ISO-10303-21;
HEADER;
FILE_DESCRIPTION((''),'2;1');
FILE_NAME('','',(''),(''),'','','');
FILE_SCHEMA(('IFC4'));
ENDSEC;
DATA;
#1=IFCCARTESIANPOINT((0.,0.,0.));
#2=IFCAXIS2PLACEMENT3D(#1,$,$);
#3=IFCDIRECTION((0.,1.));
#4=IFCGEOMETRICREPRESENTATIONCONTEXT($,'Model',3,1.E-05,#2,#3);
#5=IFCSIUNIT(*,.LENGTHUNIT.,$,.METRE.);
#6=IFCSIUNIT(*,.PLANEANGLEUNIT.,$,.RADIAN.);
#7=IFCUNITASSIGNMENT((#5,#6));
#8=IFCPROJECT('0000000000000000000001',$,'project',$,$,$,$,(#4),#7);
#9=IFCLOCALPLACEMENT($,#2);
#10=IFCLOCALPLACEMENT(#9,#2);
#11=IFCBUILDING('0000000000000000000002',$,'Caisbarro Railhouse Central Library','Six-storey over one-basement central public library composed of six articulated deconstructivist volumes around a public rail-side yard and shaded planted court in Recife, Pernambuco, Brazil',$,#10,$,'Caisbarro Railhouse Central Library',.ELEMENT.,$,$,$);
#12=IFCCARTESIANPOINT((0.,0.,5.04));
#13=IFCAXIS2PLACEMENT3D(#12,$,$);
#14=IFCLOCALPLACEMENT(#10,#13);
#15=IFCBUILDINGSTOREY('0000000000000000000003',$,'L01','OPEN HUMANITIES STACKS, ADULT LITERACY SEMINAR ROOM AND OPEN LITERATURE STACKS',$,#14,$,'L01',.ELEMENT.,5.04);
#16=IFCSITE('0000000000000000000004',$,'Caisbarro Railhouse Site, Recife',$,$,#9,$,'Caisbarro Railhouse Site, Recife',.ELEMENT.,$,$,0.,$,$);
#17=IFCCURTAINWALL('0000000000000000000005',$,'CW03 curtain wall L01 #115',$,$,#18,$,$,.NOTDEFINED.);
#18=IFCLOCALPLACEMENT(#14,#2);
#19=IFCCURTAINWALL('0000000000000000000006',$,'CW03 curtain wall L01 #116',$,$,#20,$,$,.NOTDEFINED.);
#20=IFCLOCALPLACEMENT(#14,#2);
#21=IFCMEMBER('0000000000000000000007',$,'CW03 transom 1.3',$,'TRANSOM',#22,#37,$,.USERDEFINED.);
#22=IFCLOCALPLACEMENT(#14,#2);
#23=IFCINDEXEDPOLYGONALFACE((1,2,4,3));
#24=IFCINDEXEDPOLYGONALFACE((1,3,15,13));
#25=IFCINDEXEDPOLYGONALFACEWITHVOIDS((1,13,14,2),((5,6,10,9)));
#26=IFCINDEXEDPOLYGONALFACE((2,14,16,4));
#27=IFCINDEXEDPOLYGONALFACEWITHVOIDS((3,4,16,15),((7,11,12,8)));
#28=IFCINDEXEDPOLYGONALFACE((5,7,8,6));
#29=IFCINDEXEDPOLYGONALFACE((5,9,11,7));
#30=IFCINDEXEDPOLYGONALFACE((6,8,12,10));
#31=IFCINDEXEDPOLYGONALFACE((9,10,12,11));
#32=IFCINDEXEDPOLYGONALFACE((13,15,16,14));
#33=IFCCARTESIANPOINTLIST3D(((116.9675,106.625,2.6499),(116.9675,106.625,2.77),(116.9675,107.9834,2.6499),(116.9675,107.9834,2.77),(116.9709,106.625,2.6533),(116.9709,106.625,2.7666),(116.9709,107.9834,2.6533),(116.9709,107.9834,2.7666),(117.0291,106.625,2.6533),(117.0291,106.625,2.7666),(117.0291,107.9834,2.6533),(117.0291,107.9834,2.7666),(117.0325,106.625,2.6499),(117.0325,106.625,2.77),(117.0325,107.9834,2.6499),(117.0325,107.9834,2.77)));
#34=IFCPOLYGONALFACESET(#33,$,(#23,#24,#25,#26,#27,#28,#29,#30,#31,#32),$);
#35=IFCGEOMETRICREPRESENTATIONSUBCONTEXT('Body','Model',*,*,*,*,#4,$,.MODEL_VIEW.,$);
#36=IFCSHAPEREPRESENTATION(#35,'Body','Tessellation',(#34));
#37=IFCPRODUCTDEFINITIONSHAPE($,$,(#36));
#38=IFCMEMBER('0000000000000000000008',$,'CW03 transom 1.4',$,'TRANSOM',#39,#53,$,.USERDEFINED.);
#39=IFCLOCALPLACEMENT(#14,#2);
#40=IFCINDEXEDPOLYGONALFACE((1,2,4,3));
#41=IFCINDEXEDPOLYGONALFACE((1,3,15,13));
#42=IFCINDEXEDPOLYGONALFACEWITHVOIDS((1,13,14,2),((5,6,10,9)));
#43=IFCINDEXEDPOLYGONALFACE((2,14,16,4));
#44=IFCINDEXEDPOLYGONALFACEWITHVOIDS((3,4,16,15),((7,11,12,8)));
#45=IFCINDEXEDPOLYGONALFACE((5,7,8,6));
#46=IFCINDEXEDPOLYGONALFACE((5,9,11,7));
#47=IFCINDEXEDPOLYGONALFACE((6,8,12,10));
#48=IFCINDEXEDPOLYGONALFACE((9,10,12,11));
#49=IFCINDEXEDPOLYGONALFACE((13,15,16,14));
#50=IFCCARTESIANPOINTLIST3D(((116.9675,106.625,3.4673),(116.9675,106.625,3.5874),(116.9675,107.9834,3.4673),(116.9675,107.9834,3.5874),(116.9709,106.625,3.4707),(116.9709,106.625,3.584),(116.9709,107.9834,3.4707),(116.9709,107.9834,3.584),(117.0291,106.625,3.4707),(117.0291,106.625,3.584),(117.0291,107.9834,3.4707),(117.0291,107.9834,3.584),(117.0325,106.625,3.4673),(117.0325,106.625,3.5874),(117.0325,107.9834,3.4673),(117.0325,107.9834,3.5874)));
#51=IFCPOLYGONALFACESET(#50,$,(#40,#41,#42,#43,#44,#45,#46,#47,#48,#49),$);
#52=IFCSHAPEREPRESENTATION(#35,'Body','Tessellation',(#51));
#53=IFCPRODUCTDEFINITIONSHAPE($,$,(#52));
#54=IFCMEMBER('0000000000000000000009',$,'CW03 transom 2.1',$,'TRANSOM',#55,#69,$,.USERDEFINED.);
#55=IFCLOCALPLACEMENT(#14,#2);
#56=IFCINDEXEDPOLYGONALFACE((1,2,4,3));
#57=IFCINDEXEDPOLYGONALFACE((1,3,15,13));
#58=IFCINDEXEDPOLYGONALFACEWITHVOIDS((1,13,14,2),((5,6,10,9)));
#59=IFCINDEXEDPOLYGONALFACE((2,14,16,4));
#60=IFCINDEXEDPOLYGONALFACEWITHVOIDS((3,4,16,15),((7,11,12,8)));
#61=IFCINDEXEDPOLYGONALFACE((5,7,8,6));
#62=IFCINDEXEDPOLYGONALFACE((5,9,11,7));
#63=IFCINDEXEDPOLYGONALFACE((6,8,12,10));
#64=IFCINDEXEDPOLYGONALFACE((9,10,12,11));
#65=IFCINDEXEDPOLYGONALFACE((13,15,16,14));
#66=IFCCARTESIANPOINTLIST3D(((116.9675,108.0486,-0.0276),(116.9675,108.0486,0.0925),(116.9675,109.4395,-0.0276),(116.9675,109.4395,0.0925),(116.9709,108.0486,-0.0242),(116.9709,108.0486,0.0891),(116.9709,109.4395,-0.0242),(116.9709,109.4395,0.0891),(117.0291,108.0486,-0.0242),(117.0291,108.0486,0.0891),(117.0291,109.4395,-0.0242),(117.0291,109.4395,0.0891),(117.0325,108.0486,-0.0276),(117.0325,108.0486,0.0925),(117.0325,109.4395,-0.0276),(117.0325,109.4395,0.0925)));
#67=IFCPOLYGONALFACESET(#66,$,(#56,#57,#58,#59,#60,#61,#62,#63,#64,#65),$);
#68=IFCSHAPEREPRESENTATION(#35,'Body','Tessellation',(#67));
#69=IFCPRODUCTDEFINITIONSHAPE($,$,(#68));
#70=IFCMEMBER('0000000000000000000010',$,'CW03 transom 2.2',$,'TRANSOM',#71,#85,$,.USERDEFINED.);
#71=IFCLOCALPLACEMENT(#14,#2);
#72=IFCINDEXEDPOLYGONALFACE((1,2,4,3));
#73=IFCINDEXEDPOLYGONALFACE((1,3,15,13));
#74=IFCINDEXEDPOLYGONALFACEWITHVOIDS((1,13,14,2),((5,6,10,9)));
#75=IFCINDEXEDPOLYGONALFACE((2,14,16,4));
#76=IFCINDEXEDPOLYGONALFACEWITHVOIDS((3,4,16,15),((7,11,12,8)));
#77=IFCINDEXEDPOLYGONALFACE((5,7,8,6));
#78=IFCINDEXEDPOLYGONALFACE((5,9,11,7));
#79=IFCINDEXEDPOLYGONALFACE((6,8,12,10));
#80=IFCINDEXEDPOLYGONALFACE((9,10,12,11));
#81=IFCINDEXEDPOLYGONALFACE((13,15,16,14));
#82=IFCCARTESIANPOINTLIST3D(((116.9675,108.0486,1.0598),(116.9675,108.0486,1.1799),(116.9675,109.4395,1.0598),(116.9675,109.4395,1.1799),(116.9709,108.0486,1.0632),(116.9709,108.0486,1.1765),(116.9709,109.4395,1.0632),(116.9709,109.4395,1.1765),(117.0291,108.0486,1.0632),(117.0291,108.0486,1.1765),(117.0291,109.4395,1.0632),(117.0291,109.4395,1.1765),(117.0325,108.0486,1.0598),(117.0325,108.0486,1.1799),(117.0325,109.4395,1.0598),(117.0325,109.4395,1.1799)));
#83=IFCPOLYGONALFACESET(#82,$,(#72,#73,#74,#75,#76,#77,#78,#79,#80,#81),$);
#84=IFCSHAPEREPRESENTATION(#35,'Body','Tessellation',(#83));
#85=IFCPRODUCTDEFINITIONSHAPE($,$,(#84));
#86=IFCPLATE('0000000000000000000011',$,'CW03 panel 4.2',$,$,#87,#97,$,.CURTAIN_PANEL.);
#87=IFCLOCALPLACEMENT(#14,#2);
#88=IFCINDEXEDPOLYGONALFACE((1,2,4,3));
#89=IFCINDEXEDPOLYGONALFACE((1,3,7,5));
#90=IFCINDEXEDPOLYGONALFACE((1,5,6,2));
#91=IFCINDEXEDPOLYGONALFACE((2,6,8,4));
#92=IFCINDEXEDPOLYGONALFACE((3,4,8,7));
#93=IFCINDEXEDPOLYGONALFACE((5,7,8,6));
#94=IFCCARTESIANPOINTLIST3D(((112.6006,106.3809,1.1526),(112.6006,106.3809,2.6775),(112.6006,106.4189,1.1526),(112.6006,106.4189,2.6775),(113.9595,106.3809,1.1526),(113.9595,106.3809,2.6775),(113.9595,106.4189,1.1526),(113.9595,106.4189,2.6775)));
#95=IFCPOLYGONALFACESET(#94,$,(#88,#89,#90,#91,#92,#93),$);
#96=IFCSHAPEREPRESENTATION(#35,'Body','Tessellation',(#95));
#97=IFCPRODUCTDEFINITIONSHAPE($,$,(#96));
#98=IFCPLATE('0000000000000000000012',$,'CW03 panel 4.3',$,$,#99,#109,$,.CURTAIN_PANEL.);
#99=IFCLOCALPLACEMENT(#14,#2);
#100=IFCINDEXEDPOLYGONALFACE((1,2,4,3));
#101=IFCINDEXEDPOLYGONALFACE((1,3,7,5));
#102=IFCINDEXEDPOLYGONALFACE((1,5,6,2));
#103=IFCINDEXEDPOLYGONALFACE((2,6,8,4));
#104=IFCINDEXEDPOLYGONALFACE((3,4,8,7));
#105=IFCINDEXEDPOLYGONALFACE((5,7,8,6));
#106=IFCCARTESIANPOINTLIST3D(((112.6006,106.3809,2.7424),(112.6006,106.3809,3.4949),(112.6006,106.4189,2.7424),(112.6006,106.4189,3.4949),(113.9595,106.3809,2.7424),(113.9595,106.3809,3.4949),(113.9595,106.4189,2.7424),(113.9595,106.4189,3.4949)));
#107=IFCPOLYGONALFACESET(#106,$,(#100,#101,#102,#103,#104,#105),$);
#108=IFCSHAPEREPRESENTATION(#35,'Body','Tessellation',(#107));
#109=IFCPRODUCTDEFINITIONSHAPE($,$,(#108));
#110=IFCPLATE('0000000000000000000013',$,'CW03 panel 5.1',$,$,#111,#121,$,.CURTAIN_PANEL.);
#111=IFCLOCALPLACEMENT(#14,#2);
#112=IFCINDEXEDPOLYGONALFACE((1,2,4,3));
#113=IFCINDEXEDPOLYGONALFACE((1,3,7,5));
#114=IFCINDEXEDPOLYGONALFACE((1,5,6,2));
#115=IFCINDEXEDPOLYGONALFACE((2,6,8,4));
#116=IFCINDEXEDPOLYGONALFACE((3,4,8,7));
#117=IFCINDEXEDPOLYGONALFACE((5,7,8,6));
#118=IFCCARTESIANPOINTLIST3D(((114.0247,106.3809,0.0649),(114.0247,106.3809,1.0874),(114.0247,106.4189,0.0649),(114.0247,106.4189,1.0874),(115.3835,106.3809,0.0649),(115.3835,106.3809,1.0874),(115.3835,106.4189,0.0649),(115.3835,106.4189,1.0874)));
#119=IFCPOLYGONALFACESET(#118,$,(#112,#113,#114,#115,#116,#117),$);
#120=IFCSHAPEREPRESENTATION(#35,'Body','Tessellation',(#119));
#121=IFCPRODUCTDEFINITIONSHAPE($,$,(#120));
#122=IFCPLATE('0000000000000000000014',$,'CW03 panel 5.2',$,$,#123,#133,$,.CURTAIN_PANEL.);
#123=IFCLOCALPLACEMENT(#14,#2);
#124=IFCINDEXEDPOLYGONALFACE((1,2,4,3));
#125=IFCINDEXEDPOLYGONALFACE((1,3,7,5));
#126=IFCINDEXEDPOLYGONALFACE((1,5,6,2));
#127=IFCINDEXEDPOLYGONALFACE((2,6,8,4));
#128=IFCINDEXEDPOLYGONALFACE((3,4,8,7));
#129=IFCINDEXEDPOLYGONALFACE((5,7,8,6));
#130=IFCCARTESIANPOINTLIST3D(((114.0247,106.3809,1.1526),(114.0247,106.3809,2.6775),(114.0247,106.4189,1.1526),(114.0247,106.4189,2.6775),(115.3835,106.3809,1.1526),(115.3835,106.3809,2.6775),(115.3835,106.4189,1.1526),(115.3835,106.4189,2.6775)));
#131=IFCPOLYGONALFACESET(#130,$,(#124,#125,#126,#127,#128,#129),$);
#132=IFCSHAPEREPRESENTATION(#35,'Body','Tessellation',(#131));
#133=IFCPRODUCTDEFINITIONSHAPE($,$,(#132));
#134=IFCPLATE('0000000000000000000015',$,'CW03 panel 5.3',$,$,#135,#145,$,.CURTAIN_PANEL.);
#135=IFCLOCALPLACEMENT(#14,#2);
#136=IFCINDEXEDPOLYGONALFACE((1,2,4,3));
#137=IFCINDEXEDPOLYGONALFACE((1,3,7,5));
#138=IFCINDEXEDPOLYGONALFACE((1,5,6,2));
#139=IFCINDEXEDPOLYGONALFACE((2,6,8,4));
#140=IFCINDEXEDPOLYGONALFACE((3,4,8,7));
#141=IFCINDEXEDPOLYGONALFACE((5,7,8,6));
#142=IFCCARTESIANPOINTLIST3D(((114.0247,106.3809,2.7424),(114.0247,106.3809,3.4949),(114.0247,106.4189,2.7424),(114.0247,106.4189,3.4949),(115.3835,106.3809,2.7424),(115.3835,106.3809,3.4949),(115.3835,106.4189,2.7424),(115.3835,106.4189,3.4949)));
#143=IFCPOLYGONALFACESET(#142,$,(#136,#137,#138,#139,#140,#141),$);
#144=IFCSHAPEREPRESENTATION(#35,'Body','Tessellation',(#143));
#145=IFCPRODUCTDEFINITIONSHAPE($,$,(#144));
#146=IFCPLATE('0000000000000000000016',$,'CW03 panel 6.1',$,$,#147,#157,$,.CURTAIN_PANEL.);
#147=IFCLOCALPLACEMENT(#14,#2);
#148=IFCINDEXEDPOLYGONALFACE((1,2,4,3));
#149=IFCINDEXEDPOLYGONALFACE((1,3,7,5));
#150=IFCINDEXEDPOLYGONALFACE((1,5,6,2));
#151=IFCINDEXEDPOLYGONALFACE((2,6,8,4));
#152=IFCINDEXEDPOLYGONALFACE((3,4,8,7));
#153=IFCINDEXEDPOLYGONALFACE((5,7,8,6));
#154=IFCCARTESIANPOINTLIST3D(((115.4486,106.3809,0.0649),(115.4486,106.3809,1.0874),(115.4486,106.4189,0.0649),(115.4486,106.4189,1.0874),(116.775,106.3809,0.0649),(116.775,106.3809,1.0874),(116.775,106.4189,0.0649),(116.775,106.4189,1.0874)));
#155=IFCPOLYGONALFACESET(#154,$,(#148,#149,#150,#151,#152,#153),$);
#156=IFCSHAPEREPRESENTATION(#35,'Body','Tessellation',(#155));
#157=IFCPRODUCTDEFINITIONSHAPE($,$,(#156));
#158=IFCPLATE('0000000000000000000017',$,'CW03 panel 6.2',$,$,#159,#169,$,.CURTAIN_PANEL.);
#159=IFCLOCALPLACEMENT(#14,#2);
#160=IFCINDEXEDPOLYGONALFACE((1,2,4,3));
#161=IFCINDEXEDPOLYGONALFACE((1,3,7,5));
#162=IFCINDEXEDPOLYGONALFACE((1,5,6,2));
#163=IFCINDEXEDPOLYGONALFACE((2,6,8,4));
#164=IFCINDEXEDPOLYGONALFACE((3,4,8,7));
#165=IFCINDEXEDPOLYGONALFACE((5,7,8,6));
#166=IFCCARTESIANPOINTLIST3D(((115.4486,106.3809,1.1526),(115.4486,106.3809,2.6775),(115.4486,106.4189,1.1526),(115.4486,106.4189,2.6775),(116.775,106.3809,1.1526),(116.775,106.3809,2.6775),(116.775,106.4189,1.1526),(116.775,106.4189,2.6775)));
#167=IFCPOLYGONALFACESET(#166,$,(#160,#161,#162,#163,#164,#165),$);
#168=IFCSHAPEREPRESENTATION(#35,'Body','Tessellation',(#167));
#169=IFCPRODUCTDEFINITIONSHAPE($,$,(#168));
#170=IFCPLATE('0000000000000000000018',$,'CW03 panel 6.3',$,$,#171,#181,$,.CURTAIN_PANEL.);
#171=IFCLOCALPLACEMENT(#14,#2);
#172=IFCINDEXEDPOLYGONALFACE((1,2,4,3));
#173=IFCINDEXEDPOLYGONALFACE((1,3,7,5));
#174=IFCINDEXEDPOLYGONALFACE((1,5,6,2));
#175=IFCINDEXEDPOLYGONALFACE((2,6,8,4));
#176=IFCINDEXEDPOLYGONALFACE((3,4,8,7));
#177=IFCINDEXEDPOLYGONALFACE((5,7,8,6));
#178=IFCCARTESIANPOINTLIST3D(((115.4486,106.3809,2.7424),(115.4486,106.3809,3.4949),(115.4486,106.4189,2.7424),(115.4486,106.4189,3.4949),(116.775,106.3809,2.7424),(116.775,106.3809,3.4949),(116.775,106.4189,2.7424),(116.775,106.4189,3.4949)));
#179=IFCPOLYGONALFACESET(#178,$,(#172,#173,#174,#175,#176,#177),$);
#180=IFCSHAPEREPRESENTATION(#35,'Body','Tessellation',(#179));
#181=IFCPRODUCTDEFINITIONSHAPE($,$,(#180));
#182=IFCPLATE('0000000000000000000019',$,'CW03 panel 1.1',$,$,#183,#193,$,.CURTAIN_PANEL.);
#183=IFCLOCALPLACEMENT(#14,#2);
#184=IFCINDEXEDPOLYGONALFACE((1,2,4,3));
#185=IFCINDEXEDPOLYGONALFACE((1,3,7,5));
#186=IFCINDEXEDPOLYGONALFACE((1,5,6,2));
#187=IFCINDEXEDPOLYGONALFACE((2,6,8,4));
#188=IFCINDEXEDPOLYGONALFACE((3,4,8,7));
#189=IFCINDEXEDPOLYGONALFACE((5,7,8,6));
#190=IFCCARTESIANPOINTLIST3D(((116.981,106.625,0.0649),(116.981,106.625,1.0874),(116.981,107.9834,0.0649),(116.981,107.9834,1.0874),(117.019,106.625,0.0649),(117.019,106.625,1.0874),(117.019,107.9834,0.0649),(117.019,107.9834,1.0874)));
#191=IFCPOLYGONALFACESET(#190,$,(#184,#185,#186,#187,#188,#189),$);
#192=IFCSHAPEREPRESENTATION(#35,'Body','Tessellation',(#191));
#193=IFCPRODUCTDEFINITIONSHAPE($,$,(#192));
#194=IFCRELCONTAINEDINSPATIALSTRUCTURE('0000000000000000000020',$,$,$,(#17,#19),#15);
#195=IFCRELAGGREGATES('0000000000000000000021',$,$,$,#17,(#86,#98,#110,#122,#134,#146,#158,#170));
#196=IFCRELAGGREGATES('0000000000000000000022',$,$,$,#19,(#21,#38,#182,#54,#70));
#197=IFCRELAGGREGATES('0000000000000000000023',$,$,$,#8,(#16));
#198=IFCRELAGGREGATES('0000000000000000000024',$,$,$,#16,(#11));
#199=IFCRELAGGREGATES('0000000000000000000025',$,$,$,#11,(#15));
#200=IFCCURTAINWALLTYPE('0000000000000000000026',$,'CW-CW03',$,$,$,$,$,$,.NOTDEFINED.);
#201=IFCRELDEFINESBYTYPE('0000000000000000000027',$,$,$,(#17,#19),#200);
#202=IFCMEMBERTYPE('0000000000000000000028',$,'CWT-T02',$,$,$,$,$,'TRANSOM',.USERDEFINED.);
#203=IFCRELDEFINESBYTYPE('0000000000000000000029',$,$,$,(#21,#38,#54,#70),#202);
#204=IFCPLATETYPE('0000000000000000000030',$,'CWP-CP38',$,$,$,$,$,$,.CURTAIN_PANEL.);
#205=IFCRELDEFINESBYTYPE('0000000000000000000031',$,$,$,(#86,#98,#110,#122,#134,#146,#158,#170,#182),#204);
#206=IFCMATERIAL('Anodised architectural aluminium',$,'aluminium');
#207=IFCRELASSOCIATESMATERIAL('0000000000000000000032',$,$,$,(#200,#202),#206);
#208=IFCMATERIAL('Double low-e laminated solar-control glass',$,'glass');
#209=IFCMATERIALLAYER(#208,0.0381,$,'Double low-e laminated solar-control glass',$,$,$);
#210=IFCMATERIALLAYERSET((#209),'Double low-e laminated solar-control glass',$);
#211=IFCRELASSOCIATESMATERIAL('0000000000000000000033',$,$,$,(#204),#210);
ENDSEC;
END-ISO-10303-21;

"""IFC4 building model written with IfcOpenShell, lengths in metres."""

from ifc_helpers import new_model, si_unit, direction, frame, origin, origin_2d, place, context, subcontext, project, spatial, rectangle, hollow_rectangle, extrude, material, layer, layer_set, material_profile, profile_set, type_object, element, aggregate, save


model = new_model("IFC4")

# Units and contexts
model_context = context("Model", 3, precision=1e-05, world=origin(), true_north=direction((0.0, 1.0)))
body_context = subcontext(model_context, "Body", "Model", "MODEL_VIEW")
ifc_project = project(units=[si_unit("LENGTHUNIT", "METRE"), si_unit("PLANEANGLEUNIT", "RADIAN")], contexts=[model_context])

# Site, building, storey
site_placement = place(None, origin())
site = spatial("IfcSite", under=ifc_project, at=site_placement, Name="Caisbarro Railhouse Site, Recife", LongName="Caisbarro Railhouse Site, Recife", CompositionType="ELEMENT", RefElevation=0.0)
building_placement = place(site_placement, origin())
building = spatial("IfcBuilding", under=site, at=building_placement, Name="Caisbarro Railhouse Central Library", Description="Six-storey over one-basement central public library composed of six articulated deconstructivist volumes around a public rail-side yard and shaded planted court in Recife, Pernambuco, Brazil", LongName="Caisbarro Railhouse Central Library", CompositionType="ELEMENT")
storey_placement = place(building_placement, frame((0.0, 0.0, 5.04)))
storey = spatial("IfcBuildingStorey", under=building, at=storey_placement, Name="L01", Description="OPEN HUMANITIES STACKS, ADULT LITERACY SEMINAR ROOM AND OPEN LITERATURE STACKS", LongName="L01", CompositionType="ELEMENT", Elevation=5.04)

# Curtain walls
ifc_material_1 = material(Name="Anodised architectural aluminium", Category="aluminium")
curtain_wall_type = type_object("IfcCurtainWallType", Name="CW-CW03", PredefinedType="NOTDEFINED", material=ifc_material_1)
curtain_wall_1_placement = place(storey_placement, origin())
curtain_wall_1 = element("IfcCurtainWall", 1, at=curtain_wall_1_placement, inside=storey, type_object=curtain_wall_type, Name="CW03 curtain wall L01 #115", PredefinedType="NOTDEFINED")
curtain_wall_2_placement = place(storey_placement, origin())
curtain_wall_2 = element("IfcCurtainWall", 2, at=curtain_wall_2_placement, inside=storey, type_object=curtain_wall_type, Name="CW03 curtain wall L01 #116", PredefinedType="NOTDEFINED")

# Members
ifc_material_profile_1 = material_profile(ifc_material_1, hollow_rectangle(XDim=0.0649, YDim=0.1201, WallThickness=0.0034, at=origin_2d()), Name="ALU-TRN-65X120")
ifc_profile_set_1 = profile_set([ifc_material_profile_1], Name="Anodised architectural aluminium")
member_type_1 = type_object("IfcMemberType", Name="CWT-T02", ElementType="TRANSOM", PredefinedType="USERDEFINED", material=ifc_profile_set_1)
member_1_placement = place(storey_placement, frame((117.0, 106.625, 2.71), z_axis=(0.0, 1.0, 0.0), x_axis=(-1.0, 0.0, 0.0)))
member_1 = element("IfcMember", 3, at=member_1_placement, type_object=member_type_1, Name="CW03 transom 1.3", ObjectType="TRANSOM", PredefinedType="USERDEFINED", context=body_context, shape_type="SweptSolid", body=[
    extrude(hollow_rectangle(XDim=0.0649, YDim=0.1201, WallThickness=0.0034, at=origin_2d()), origin(), (0.0, 0.0, 1.0), 1.3584),
])
member_2_placement = place(storey_placement, frame((117.0, 106.625, 3.5273), z_axis=(0.0, 1.0, 0.0), x_axis=(-1.0, 0.0, 0.0)))
member_2 = element("IfcMember", 4, at=member_2_placement, type_object=member_type_1, Name="CW03 transom 1.4", ObjectType="TRANSOM", PredefinedType="USERDEFINED", context=body_context, shape_type="SweptSolid", body=[
    extrude(hollow_rectangle(XDim=0.0649, YDim=0.1201, WallThickness=0.0034, at=origin_2d()), origin(), (0.0, 0.0, 1.0), 1.3584),
])
member_3_placement = place(storey_placement, frame((117.0, 108.0486, 0.0325), z_axis=(0.0, 1.0, 0.0), x_axis=(-1.0, 0.0, 0.0)))
member_3 = element("IfcMember", 5, at=member_3_placement, type_object=member_type_1, Name="CW03 transom 2.1", ObjectType="TRANSOM", PredefinedType="USERDEFINED", context=body_context, shape_type="SweptSolid", body=[
    extrude(hollow_rectangle(XDim=0.0649, YDim=0.1201, WallThickness=0.0034, at=origin_2d()), origin(), (0.0, 0.0, 1.0), 1.3909),
])
member_4_placement = place(storey_placement, frame((117.0, 108.0486, 1.1199), z_axis=(0.0, 1.0, 0.0), x_axis=(-1.0, 0.0, 0.0)))
member_4 = element("IfcMember", 6, at=member_4_placement, type_object=member_type_1, Name="CW03 transom 2.2", ObjectType="TRANSOM", PredefinedType="USERDEFINED", context=body_context, shape_type="SweptSolid", body=[
    extrude(hollow_rectangle(XDim=0.0649, YDim=0.1201, WallThickness=0.0034, at=origin_2d()), origin(), (0.0, 0.0, 1.0), 1.3909),
])

# Plates
ifc_material_2 = material(Name="Double low-e laminated solar-control glass", Category="glass")
ifc_layer_1 = layer(ifc_material_2, 0.0381, Name="Double low-e laminated solar-control glass")
ifc_layer_set_1 = layer_set([ifc_layer_1], Name="Double low-e laminated solar-control glass")
plate_type_1 = type_object("IfcPlateType", Name="CWP-CP38", PredefinedType="CURTAIN_PANEL", material=ifc_layer_set_1)
plate_1_placement = place(storey_placement, frame((113.28, 106.3999, 1.1526), z_axis=(0.0, 0.0, 1.0), x_axis=(1.0, 0.0, 0.0)))
plate_1 = element("IfcPlate", 7, at=plate_1_placement, type_object=plate_type_1, Name="CW03 panel 4.2", PredefinedType="CURTAIN_PANEL", context=body_context, shape_type="SweptSolid", body=[
    extrude(rectangle(XDim=1.3589, YDim=0.0381, at=origin_2d()), origin(), (0.0, 0.0, 1.0), 1.5249),
])
plate_2_placement = place(storey_placement, frame((113.28, 106.3999, 2.7424), z_axis=(0.0, 0.0, 1.0), x_axis=(1.0, 0.0, 0.0)))
plate_2 = element("IfcPlate", 8, at=plate_2_placement, type_object=plate_type_1, Name="CW03 panel 4.3", PredefinedType="CURTAIN_PANEL", context=body_context, shape_type="SweptSolid", body=[
    extrude(rectangle(XDim=1.3589, YDim=0.0381, at=origin_2d()), origin(), (0.0, 0.0, 1.0), 0.7524),
])
plate_3_placement = place(storey_placement, frame((114.7041, 106.3999, 0.0649), z_axis=(0.0, 0.0, 1.0), x_axis=(1.0, 0.0, 0.0)))
plate_3 = element("IfcPlate", 9, at=plate_3_placement, type_object=plate_type_1, Name="CW03 panel 5.1", PredefinedType="CURTAIN_PANEL", context=body_context, shape_type="SweptSolid", body=[
    extrude(rectangle(XDim=1.3589, YDim=0.0381, at=origin_2d()), origin(), (0.0, 0.0, 1.0), 1.0225),
])
plate_4_placement = place(storey_placement, frame((114.7041, 106.3999, 1.1526), z_axis=(0.0, 0.0, 1.0), x_axis=(1.0, 0.0, 0.0)))
plate_4 = element("IfcPlate", 10, at=plate_4_placement, type_object=plate_type_1, Name="CW03 panel 5.2", PredefinedType="CURTAIN_PANEL", context=body_context, shape_type="SweptSolid", body=[
    extrude(rectangle(XDim=1.3589, YDim=0.0381, at=origin_2d()), origin(), (0.0, 0.0, 1.0), 1.5249),
])
plate_5_placement = place(storey_placement, frame((114.7041, 106.3999, 2.7424), z_axis=(0.0, 0.0, 1.0), x_axis=(1.0, 0.0, 0.0)))
plate_5 = element("IfcPlate", 11, at=plate_5_placement, type_object=plate_type_1, Name="CW03 panel 5.3", PredefinedType="CURTAIN_PANEL", context=body_context, shape_type="SweptSolid", body=[
    extrude(rectangle(XDim=1.3589, YDim=0.0381, at=origin_2d()), origin(), (0.0, 0.0, 1.0), 0.7524),
])
plate_6_placement = place(storey_placement, frame((116.1118, 106.3999, 0.0649), z_axis=(0.0, 0.0, 1.0), x_axis=(1.0, 0.0, 0.0)))
plate_6 = element("IfcPlate", 12, at=plate_6_placement, type_object=plate_type_1, Name="CW03 panel 6.1", PredefinedType="CURTAIN_PANEL", context=body_context, shape_type="SweptSolid", body=[
    extrude(rectangle(XDim=1.3264, YDim=0.0381, at=origin_2d()), origin(), (0.0, 0.0, 1.0), 1.0225),
])
plate_7_placement = place(storey_placement, frame((116.1118, 106.3999, 1.1526), z_axis=(0.0, 0.0, 1.0), x_axis=(1.0, 0.0, 0.0)))
plate_7 = element("IfcPlate", 13, at=plate_7_placement, type_object=plate_type_1, Name="CW03 panel 6.2", PredefinedType="CURTAIN_PANEL", context=body_context, shape_type="SweptSolid", body=[
    extrude(rectangle(XDim=1.3264, YDim=0.0381, at=origin_2d()), origin(), (0.0, 0.0, 1.0), 1.5249),
])
plate_8_placement = place(storey_placement, frame((116.1118, 106.3999, 2.7424), z_axis=(0.0, 0.0, 1.0), x_axis=(1.0, 0.0, 0.0)))
plate_8 = element("IfcPlate", 14, at=plate_8_placement, type_object=plate_type_1, Name="CW03 panel 6.3", PredefinedType="CURTAIN_PANEL", context=body_context, shape_type="SweptSolid", body=[
    extrude(rectangle(XDim=1.3264, YDim=0.0381, at=origin_2d()), origin(), (0.0, 0.0, 1.0), 0.7524),
])
aggregate(curtain_wall_1, [plate_1, plate_2, plate_3, plate_4, plate_5, plate_6, plate_7, plate_8])
plate_9_placement = place(storey_placement, frame((117.0, 107.3042, 0.0649), z_axis=(0.0, 0.0, 1.0), x_axis=(0.0, 1.0, 0.0)))
plate_9 = element("IfcPlate", 15, at=plate_9_placement, type_object=plate_type_1, Name="CW03 panel 1.1", PredefinedType="CURTAIN_PANEL", context=body_context, shape_type="SweptSolid", body=[
    extrude(rectangle(XDim=1.3584, YDim=0.0381, at=origin_2d()), origin(), (0.0, 0.0, 1.0), 1.0225),
])
aggregate(curtain_wall_2, [member_1, member_2, plate_9, member_3, member_4])

save(model, "model.ifc")
